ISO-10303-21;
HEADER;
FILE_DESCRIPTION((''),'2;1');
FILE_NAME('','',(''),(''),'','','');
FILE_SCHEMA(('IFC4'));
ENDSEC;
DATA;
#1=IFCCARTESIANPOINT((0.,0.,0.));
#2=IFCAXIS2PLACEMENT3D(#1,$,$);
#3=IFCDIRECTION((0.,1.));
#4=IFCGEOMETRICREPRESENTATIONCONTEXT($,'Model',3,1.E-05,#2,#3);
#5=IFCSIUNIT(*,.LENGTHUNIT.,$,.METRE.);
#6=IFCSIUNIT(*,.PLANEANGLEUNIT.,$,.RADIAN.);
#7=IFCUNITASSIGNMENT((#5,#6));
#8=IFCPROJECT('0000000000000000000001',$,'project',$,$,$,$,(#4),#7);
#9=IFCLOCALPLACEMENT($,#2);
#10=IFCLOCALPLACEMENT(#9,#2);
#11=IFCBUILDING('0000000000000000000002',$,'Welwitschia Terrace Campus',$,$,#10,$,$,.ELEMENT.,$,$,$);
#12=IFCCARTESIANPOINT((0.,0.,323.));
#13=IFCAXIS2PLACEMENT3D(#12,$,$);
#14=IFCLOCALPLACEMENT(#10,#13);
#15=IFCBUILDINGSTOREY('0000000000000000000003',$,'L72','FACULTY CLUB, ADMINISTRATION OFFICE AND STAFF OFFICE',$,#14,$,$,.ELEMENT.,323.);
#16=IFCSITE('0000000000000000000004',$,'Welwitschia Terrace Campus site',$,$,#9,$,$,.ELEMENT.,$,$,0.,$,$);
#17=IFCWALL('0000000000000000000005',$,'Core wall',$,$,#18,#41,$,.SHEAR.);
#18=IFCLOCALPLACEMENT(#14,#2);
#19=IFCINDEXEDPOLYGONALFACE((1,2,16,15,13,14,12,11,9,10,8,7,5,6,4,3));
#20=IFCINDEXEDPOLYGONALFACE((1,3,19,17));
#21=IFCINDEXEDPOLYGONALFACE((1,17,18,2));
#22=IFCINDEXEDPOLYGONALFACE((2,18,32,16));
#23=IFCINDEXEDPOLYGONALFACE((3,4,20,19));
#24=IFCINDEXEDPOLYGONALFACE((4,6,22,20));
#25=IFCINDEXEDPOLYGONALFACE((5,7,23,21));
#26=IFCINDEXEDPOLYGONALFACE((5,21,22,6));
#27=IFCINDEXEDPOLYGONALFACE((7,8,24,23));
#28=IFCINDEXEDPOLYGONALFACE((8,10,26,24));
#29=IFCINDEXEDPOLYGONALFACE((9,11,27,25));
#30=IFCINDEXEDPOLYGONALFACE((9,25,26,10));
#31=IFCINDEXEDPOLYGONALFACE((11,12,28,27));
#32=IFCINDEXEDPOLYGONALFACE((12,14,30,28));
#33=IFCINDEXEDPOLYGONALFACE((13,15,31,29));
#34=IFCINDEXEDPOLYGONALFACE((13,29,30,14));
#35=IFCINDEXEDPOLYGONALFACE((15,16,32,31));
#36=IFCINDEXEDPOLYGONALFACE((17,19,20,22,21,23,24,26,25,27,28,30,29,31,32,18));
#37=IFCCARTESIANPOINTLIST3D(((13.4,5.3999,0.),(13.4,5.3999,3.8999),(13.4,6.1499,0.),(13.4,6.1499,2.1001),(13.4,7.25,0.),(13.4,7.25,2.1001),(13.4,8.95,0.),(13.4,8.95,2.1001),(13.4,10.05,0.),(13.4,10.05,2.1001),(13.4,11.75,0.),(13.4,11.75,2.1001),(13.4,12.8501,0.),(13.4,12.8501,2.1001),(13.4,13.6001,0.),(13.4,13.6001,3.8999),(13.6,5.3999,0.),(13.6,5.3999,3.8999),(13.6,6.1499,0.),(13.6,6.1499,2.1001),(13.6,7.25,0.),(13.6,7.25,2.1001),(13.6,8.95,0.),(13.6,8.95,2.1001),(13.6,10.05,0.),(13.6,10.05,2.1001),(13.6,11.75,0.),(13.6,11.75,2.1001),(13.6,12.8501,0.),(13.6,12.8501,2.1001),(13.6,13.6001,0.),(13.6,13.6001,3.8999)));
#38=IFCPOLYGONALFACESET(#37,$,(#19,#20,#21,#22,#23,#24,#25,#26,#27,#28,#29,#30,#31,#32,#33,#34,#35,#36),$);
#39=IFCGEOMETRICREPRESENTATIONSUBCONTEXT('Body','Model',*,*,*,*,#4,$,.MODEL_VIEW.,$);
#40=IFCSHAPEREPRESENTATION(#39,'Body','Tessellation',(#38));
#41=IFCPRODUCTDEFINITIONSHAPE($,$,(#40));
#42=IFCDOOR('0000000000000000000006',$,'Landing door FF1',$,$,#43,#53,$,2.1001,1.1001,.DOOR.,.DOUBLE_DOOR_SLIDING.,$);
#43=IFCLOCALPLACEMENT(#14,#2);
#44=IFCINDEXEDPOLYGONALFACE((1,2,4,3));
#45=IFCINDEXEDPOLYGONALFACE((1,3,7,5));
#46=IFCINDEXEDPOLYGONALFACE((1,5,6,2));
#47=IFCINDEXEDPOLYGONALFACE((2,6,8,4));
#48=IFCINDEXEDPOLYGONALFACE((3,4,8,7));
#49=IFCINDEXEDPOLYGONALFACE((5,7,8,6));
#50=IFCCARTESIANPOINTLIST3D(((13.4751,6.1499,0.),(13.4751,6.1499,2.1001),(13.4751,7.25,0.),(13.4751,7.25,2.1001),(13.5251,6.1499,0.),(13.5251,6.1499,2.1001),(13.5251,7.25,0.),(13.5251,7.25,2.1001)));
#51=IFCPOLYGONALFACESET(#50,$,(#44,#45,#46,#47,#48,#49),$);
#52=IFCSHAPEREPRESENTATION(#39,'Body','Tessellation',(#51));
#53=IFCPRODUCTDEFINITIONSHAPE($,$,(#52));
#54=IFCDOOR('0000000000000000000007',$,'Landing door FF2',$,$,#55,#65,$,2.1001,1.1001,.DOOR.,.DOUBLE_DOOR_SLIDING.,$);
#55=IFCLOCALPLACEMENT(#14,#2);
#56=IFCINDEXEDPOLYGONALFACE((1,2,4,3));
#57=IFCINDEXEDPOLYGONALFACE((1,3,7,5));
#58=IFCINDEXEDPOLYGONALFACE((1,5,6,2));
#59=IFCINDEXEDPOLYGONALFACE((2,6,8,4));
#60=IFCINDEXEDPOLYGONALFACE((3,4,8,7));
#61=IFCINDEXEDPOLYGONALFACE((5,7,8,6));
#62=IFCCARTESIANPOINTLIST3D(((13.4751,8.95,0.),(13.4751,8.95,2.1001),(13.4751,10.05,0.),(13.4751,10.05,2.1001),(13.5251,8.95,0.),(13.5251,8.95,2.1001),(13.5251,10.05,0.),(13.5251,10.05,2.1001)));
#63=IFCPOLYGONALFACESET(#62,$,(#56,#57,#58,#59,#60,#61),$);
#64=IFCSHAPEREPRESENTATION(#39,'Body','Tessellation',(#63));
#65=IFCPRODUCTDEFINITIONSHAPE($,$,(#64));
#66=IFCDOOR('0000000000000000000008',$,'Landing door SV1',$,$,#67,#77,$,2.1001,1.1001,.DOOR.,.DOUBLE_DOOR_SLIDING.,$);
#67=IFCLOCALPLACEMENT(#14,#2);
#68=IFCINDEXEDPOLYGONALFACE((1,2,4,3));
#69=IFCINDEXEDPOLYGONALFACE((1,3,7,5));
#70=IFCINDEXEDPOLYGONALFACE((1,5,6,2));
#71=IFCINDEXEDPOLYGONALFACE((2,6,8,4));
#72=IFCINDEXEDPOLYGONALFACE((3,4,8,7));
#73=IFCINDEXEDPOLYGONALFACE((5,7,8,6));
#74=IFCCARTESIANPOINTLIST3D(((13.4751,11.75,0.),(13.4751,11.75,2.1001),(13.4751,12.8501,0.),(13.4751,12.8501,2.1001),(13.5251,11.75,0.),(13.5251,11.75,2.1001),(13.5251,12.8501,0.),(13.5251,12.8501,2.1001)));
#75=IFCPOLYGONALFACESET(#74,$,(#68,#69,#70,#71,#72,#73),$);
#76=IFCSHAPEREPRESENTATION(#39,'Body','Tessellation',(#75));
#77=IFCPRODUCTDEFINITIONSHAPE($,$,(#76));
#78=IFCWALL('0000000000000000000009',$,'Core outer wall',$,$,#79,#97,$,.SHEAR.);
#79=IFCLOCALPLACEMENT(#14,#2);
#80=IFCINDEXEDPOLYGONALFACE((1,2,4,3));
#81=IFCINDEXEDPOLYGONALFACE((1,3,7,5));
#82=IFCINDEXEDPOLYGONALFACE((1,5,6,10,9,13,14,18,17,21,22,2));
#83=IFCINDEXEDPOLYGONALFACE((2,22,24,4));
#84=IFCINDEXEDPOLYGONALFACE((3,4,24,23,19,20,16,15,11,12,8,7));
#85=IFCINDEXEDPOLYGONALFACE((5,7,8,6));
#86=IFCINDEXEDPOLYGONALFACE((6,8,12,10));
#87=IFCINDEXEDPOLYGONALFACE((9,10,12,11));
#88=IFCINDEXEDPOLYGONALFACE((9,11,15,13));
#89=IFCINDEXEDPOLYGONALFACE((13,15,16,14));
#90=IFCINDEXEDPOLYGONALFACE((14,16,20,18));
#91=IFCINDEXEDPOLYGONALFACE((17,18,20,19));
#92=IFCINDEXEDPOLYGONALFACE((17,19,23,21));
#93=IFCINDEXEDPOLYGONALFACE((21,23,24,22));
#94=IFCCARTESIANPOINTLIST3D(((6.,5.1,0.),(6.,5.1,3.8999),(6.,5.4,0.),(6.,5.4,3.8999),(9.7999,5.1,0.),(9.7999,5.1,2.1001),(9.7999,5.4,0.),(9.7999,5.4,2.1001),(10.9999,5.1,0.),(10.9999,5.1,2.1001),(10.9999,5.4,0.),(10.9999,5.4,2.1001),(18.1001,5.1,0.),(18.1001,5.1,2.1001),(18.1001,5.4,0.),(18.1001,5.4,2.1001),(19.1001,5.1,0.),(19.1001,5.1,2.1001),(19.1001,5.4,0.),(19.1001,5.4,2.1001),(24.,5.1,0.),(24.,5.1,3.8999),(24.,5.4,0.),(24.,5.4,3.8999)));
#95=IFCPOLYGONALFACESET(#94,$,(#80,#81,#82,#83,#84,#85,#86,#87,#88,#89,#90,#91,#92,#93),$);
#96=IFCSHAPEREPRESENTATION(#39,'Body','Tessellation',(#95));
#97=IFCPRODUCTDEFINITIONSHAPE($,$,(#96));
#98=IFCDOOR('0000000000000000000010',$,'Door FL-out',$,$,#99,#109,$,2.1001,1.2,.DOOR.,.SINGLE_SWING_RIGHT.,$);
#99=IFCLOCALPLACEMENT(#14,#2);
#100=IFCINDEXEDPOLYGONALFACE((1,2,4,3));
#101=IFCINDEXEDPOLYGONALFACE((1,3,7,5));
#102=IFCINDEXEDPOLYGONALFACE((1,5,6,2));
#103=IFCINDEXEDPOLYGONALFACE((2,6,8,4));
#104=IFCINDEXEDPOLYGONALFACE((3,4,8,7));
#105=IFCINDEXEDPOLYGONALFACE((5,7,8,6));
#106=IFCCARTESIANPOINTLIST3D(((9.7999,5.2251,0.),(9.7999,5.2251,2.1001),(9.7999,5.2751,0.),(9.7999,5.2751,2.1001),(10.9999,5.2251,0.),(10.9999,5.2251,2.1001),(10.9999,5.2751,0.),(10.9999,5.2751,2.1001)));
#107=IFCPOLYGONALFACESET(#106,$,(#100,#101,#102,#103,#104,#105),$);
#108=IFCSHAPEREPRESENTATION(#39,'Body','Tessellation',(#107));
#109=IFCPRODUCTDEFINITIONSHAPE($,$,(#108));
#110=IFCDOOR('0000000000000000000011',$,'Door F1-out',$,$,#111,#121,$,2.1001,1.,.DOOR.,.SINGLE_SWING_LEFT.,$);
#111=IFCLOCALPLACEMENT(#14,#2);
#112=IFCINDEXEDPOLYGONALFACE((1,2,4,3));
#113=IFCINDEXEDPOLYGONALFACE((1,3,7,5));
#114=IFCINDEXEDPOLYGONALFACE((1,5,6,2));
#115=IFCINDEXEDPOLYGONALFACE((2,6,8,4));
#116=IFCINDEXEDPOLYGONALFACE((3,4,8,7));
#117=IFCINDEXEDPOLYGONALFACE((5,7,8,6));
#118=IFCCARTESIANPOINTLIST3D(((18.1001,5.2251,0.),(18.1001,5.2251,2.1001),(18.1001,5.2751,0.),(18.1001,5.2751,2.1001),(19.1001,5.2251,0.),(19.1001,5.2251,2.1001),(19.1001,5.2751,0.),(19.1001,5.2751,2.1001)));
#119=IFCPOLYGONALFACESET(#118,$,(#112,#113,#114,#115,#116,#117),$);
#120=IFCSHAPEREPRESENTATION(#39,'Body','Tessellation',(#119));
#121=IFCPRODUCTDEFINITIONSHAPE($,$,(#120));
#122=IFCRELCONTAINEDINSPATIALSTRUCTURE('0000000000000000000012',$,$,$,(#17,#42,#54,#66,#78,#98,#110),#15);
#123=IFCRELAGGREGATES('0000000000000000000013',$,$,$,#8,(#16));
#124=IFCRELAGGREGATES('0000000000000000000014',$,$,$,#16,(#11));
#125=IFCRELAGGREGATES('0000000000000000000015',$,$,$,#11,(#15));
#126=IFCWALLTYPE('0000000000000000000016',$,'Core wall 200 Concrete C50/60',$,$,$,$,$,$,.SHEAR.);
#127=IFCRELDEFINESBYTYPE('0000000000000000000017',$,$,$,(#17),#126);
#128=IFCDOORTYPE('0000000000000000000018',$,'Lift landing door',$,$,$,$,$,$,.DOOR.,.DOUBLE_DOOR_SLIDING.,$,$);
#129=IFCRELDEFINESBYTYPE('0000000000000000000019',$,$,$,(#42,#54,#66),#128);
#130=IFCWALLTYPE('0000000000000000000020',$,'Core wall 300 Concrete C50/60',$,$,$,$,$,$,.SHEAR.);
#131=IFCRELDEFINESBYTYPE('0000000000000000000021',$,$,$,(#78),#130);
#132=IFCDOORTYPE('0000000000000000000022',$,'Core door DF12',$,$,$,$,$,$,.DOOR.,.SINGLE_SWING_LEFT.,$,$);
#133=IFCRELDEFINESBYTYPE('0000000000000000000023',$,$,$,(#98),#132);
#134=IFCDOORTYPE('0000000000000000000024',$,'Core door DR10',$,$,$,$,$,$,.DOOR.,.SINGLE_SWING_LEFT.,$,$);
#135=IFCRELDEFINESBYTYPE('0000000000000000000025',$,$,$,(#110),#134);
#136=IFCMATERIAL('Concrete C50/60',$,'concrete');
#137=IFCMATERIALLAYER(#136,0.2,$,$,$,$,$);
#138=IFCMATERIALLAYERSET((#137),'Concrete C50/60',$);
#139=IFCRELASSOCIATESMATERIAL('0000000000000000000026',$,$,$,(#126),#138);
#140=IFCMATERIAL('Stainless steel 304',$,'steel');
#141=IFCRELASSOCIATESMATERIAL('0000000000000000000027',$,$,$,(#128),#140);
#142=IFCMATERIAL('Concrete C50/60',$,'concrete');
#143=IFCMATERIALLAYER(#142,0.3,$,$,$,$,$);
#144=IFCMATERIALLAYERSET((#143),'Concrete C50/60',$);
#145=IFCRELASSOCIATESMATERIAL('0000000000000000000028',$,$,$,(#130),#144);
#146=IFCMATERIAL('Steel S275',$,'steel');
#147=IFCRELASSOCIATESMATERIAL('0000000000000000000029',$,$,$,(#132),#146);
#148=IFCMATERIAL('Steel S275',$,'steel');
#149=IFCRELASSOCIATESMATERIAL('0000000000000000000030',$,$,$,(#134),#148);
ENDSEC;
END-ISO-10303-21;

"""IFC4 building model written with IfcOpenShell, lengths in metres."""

from ifc_helpers import new_model, si_unit, direction, frame, frame_2d, origin, place, context, subcontext, project, spatial, rectangle, extrude, material, layer, layer_set, type_object, element, fill, save


model = new_model("IFC4")

# Units and contexts
model_context = context("Model", 3, precision=1e-05, world=origin(), true_north=direction((0.0, 1.0)))
body_context = subcontext(model_context, "Body", "Model", "MODEL_VIEW")
ifc_project = project(units=[si_unit("LENGTHUNIT", "METRE"), si_unit("PLANEANGLEUNIT", "RADIAN")], contexts=[model_context])

# Site, building, storey
site_placement = place(None, origin())
site = spatial("IfcSite", under=ifc_project, at=site_placement, Name="Welwitschia Terrace Campus site", CompositionType="ELEMENT", RefElevation=0.0)
building_placement = place(site_placement, origin())
building = spatial("IfcBuilding", under=site, at=building_placement, Name="Welwitschia Terrace Campus", CompositionType="ELEMENT")
storey_placement = place(building_placement, frame((0.0, 0.0, 323.0)))
storey = spatial("IfcBuildingStorey", under=building, at=storey_placement, Name="L72", Description="FACULTY CLUB, ADMINISTRATION OFFICE AND STAFF OFFICE", CompositionType="ELEMENT", Elevation=323.0)

# Walls, openings, doors
ifc_material_1 = material(Name="Concrete C50/60", Category="concrete")
ifc_layer_1 = layer(ifc_material_1, 0.2)
ifc_layer_set_1 = layer_set([ifc_layer_1], Name="Concrete C50/60")
wall_type_1 = type_object("IfcWallType", Name="Core wall 200 Concrete C50/60", PredefinedType="SHEAR", material=ifc_layer_set_1)
wall_1_placement = place(storey_placement, frame((13.5, 5.3999, 0.0), z_axis=(0.0, 0.0, 1.0), x_axis=(0.0, 1.0, 0.0)))
wall_1 = element("IfcWall", 1, at=wall_1_placement, inside=storey, type_object=wall_type_1, Name="Core wall", PredefinedType="SHEAR", context=body_context, shape_type="SweptSolid", body=[
    extrude(rectangle(XDim=8.2002, YDim=0.2, at=frame_2d((4.1001, 0.0))), origin(), (0.0, 0.0, 1.0), 3.8999),
])
opening_1_placement = place(wall_1_placement, frame((0.75, 0.0, 0.0)))
opening_1 = element("IfcOpeningElement", 2, at=opening_1_placement, cuts=wall_1, PredefinedType="OPENING", context=body_context, shape_type="SweptSolid", body=[
    extrude(rectangle(XDim=1.1001, YDim=2.1001, at=frame_2d((0.55, 1.05))), frame((0.0, 0.1099, 0.0), z_axis=(0.0, -1.0, 0.0), x_axis=(1.0, 0.0, 0.0)), (0.0, 0.0, 1.0), 0.22),
])
opening_2_placement = place(wall_1_placement, frame((3.55, 0.0, 0.0)))
opening_2 = element("IfcOpeningElement", 3, at=opening_2_placement, cuts=wall_1, PredefinedType="OPENING", context=body_context, shape_type="SweptSolid", body=[
    extrude(rectangle(XDim=1.1001, YDim=2.1001, at=frame_2d((0.55, 1.05))), frame((0.0, 0.1099, 0.0), z_axis=(0.0, -1.0, 0.0), x_axis=(1.0, 0.0, 0.0)), (0.0, 0.0, 1.0), 0.22),
])
opening_3_placement = place(wall_1_placement, frame((6.3501, 0.0, 0.0)))
opening_3 = element("IfcOpeningElement", 4, at=opening_3_placement, cuts=wall_1, PredefinedType="OPENING", context=body_context, shape_type="SweptSolid", body=[
    extrude(rectangle(XDim=1.1001, YDim=2.1001, at=frame_2d((0.55, 1.05))), frame((0.0, 0.1099, 0.0), z_axis=(0.0, -1.0, 0.0), x_axis=(1.0, 0.0, 0.0)), (0.0, 0.0, 1.0), 0.22),
])
ifc_material_2 = material(Name="Stainless steel 304", Category="steel")
door_type_1 = type_object("IfcDoorType", Name="Lift landing door", OperationType="DOUBLE_DOOR_SLIDING", PredefinedType="DOOR", material=ifc_material_2)
door_1_placement = place(opening_1_placement, origin())
door_1 = element("IfcDoor", 5, at=door_1_placement, inside=storey, type_object=door_type_1, Name="Landing door FF1", OperationType="DOUBLE_DOOR_SLIDING", OverallHeight=2.1001, OverallWidth=1.1001, PredefinedType="DOOR", context=body_context, shape_type="SweptSolid", body=[
    extrude(rectangle(XDim=1.1001, YDim=2.1001, at=frame_2d((0.55, 1.05))), frame((0.0, 0.0249, 0.0), z_axis=(0.0, -1.0, 0.0), x_axis=(1.0, 0.0, 0.0)), (0.0, 0.0, 1.0), 0.05),
])
fill(opening_1, door_1)
door_2_placement = place(opening_2_placement, origin())
door_2 = element("IfcDoor", 6, at=door_2_placement, inside=storey, type_object=door_type_1, Name="Landing door FF2", OperationType="DOUBLE_DOOR_SLIDING", OverallHeight=2.1001, OverallWidth=1.1001, PredefinedType="DOOR", context=body_context, shape_type="SweptSolid", body=[
    extrude(rectangle(XDim=1.1001, YDim=2.1001, at=frame_2d((0.55, 1.05))), frame((0.0, 0.0249, 0.0), z_axis=(0.0, -1.0, 0.0), x_axis=(1.0, 0.0, 0.0)), (0.0, 0.0, 1.0), 0.05),
])
fill(opening_2, door_2)
door_3_placement = place(opening_3_placement, origin())
door_3 = element("IfcDoor", 7, at=door_3_placement, inside=storey, type_object=door_type_1, Name="Landing door SV1", OperationType="DOUBLE_DOOR_SLIDING", OverallHeight=2.1001, OverallWidth=1.1001, PredefinedType="DOOR", context=body_context, shape_type="SweptSolid", body=[
    extrude(rectangle(XDim=1.1001, YDim=2.1001, at=frame_2d((0.55, 1.05))), frame((0.0, 0.0249, 0.0), z_axis=(0.0, -1.0, 0.0), x_axis=(1.0, 0.0, 0.0)), (0.0, 0.0, 1.0), 0.05),
])
fill(opening_3, door_3)
ifc_material_3 = material(Name="Concrete C50/60", Category="concrete")
ifc_layer_2 = layer(ifc_material_3, 0.3)
ifc_layer_set_2 = layer_set([ifc_layer_2], Name="Concrete C50/60")
wall_type_2 = type_object("IfcWallType", Name="Core wall 300 Concrete C50/60", PredefinedType="SHEAR", material=ifc_layer_set_2)
wall_2_placement = place(storey_placement, frame((24.0, 5.25, 0.0), z_axis=(0.0, 0.0, 1.0), x_axis=(-1.0, 0.0, 0.0)))
wall_2 = element("IfcWall", 8, at=wall_2_placement, inside=storey, type_object=wall_type_2, Name="Core outer wall", PredefinedType="SHEAR", context=body_context, shape_type="SweptSolid", body=[
    extrude(rectangle(XDim=18.0, YDim=0.3, at=frame_2d((9.0, 0.0))), origin(), (0.0, 0.0, 1.0), 3.8999),
])
opening_4_placement = place(wall_2_placement, frame((13.0, 0.0, 0.0)))
opening_4 = element("IfcOpeningElement", 9, at=opening_4_placement, cuts=wall_2, PredefinedType="OPENING", context=body_context, shape_type="SweptSolid", body=[
    extrude(rectangle(XDim=1.2, YDim=2.1001, at=frame_2d((0.6001, 1.05))), frame((0.0, 0.1599, 0.0), z_axis=(0.0, -1.0, 0.0), x_axis=(1.0, 0.0, 0.0)), (0.0, 0.0, 1.0), 0.3201),
])
opening_5_placement = place(wall_2_placement, frame((4.8999, 0.0, 0.0)))
opening_5 = element("IfcOpeningElement", 10, at=opening_5_placement, cuts=wall_2, PredefinedType="OPENING", context=body_context, shape_type="SweptSolid", body=[
    extrude(rectangle(XDim=1.0, YDim=2.1001, at=frame_2d((0.5, 1.05))), frame((0.0, 0.1599, 0.0), z_axis=(0.0, -1.0, 0.0), x_axis=(1.0, 0.0, 0.0)), (0.0, 0.0, 1.0), 0.3201),
])
ifc_material_4 = material(Name="Steel S275", Category="steel")
door_type_2 = type_object("IfcDoorType", Name="Core door DF12", OperationType="SINGLE_SWING_LEFT", PredefinedType="DOOR", material=ifc_material_4)
door_4_placement = place(opening_4_placement, origin())
door_4 = element("IfcDoor", 11, at=door_4_placement, inside=storey, type_object=door_type_2, Name="Door FL-out", OperationType="SINGLE_SWING_RIGHT", OverallHeight=2.1001, OverallWidth=1.2, PredefinedType="DOOR", context=body_context, shape_type="SweptSolid", body=[
    extrude(rectangle(XDim=1.2, YDim=2.1001, at=frame_2d((0.6001, 1.05))), frame((0.0, 0.0249, 0.0), z_axis=(0.0, -1.0, 0.0), x_axis=(1.0, 0.0, 0.0)), (0.0, 0.0, 1.0), 0.05),
])
fill(opening_4, door_4)
ifc_material_5 = material(Name="Steel S275", Category="steel")
door_type_3 = type_object("IfcDoorType", Name="Core door DR10", OperationType="SINGLE_SWING_LEFT", PredefinedType="DOOR", material=ifc_material_5)
door_5_placement = place(opening_5_placement, origin())
door_5 = element("IfcDoor", 12, at=door_5_placement, inside=storey, type_object=door_type_3, Name="Door F1-out", OperationType="SINGLE_SWING_LEFT", OverallHeight=2.1001, OverallWidth=1.0, PredefinedType="DOOR", context=body_context, shape_type="SweptSolid", body=[
    extrude(rectangle(XDim=1.0, YDim=2.1001, at=frame_2d((0.5, 1.05))), frame((0.0, 0.0249, 0.0), z_axis=(0.0, -1.0, 0.0), x_axis=(1.0, 0.0, 0.0)), (0.0, 0.0, 1.0), 0.05),
])
fill(opening_5, door_5)

save(model, "model.ifc")
